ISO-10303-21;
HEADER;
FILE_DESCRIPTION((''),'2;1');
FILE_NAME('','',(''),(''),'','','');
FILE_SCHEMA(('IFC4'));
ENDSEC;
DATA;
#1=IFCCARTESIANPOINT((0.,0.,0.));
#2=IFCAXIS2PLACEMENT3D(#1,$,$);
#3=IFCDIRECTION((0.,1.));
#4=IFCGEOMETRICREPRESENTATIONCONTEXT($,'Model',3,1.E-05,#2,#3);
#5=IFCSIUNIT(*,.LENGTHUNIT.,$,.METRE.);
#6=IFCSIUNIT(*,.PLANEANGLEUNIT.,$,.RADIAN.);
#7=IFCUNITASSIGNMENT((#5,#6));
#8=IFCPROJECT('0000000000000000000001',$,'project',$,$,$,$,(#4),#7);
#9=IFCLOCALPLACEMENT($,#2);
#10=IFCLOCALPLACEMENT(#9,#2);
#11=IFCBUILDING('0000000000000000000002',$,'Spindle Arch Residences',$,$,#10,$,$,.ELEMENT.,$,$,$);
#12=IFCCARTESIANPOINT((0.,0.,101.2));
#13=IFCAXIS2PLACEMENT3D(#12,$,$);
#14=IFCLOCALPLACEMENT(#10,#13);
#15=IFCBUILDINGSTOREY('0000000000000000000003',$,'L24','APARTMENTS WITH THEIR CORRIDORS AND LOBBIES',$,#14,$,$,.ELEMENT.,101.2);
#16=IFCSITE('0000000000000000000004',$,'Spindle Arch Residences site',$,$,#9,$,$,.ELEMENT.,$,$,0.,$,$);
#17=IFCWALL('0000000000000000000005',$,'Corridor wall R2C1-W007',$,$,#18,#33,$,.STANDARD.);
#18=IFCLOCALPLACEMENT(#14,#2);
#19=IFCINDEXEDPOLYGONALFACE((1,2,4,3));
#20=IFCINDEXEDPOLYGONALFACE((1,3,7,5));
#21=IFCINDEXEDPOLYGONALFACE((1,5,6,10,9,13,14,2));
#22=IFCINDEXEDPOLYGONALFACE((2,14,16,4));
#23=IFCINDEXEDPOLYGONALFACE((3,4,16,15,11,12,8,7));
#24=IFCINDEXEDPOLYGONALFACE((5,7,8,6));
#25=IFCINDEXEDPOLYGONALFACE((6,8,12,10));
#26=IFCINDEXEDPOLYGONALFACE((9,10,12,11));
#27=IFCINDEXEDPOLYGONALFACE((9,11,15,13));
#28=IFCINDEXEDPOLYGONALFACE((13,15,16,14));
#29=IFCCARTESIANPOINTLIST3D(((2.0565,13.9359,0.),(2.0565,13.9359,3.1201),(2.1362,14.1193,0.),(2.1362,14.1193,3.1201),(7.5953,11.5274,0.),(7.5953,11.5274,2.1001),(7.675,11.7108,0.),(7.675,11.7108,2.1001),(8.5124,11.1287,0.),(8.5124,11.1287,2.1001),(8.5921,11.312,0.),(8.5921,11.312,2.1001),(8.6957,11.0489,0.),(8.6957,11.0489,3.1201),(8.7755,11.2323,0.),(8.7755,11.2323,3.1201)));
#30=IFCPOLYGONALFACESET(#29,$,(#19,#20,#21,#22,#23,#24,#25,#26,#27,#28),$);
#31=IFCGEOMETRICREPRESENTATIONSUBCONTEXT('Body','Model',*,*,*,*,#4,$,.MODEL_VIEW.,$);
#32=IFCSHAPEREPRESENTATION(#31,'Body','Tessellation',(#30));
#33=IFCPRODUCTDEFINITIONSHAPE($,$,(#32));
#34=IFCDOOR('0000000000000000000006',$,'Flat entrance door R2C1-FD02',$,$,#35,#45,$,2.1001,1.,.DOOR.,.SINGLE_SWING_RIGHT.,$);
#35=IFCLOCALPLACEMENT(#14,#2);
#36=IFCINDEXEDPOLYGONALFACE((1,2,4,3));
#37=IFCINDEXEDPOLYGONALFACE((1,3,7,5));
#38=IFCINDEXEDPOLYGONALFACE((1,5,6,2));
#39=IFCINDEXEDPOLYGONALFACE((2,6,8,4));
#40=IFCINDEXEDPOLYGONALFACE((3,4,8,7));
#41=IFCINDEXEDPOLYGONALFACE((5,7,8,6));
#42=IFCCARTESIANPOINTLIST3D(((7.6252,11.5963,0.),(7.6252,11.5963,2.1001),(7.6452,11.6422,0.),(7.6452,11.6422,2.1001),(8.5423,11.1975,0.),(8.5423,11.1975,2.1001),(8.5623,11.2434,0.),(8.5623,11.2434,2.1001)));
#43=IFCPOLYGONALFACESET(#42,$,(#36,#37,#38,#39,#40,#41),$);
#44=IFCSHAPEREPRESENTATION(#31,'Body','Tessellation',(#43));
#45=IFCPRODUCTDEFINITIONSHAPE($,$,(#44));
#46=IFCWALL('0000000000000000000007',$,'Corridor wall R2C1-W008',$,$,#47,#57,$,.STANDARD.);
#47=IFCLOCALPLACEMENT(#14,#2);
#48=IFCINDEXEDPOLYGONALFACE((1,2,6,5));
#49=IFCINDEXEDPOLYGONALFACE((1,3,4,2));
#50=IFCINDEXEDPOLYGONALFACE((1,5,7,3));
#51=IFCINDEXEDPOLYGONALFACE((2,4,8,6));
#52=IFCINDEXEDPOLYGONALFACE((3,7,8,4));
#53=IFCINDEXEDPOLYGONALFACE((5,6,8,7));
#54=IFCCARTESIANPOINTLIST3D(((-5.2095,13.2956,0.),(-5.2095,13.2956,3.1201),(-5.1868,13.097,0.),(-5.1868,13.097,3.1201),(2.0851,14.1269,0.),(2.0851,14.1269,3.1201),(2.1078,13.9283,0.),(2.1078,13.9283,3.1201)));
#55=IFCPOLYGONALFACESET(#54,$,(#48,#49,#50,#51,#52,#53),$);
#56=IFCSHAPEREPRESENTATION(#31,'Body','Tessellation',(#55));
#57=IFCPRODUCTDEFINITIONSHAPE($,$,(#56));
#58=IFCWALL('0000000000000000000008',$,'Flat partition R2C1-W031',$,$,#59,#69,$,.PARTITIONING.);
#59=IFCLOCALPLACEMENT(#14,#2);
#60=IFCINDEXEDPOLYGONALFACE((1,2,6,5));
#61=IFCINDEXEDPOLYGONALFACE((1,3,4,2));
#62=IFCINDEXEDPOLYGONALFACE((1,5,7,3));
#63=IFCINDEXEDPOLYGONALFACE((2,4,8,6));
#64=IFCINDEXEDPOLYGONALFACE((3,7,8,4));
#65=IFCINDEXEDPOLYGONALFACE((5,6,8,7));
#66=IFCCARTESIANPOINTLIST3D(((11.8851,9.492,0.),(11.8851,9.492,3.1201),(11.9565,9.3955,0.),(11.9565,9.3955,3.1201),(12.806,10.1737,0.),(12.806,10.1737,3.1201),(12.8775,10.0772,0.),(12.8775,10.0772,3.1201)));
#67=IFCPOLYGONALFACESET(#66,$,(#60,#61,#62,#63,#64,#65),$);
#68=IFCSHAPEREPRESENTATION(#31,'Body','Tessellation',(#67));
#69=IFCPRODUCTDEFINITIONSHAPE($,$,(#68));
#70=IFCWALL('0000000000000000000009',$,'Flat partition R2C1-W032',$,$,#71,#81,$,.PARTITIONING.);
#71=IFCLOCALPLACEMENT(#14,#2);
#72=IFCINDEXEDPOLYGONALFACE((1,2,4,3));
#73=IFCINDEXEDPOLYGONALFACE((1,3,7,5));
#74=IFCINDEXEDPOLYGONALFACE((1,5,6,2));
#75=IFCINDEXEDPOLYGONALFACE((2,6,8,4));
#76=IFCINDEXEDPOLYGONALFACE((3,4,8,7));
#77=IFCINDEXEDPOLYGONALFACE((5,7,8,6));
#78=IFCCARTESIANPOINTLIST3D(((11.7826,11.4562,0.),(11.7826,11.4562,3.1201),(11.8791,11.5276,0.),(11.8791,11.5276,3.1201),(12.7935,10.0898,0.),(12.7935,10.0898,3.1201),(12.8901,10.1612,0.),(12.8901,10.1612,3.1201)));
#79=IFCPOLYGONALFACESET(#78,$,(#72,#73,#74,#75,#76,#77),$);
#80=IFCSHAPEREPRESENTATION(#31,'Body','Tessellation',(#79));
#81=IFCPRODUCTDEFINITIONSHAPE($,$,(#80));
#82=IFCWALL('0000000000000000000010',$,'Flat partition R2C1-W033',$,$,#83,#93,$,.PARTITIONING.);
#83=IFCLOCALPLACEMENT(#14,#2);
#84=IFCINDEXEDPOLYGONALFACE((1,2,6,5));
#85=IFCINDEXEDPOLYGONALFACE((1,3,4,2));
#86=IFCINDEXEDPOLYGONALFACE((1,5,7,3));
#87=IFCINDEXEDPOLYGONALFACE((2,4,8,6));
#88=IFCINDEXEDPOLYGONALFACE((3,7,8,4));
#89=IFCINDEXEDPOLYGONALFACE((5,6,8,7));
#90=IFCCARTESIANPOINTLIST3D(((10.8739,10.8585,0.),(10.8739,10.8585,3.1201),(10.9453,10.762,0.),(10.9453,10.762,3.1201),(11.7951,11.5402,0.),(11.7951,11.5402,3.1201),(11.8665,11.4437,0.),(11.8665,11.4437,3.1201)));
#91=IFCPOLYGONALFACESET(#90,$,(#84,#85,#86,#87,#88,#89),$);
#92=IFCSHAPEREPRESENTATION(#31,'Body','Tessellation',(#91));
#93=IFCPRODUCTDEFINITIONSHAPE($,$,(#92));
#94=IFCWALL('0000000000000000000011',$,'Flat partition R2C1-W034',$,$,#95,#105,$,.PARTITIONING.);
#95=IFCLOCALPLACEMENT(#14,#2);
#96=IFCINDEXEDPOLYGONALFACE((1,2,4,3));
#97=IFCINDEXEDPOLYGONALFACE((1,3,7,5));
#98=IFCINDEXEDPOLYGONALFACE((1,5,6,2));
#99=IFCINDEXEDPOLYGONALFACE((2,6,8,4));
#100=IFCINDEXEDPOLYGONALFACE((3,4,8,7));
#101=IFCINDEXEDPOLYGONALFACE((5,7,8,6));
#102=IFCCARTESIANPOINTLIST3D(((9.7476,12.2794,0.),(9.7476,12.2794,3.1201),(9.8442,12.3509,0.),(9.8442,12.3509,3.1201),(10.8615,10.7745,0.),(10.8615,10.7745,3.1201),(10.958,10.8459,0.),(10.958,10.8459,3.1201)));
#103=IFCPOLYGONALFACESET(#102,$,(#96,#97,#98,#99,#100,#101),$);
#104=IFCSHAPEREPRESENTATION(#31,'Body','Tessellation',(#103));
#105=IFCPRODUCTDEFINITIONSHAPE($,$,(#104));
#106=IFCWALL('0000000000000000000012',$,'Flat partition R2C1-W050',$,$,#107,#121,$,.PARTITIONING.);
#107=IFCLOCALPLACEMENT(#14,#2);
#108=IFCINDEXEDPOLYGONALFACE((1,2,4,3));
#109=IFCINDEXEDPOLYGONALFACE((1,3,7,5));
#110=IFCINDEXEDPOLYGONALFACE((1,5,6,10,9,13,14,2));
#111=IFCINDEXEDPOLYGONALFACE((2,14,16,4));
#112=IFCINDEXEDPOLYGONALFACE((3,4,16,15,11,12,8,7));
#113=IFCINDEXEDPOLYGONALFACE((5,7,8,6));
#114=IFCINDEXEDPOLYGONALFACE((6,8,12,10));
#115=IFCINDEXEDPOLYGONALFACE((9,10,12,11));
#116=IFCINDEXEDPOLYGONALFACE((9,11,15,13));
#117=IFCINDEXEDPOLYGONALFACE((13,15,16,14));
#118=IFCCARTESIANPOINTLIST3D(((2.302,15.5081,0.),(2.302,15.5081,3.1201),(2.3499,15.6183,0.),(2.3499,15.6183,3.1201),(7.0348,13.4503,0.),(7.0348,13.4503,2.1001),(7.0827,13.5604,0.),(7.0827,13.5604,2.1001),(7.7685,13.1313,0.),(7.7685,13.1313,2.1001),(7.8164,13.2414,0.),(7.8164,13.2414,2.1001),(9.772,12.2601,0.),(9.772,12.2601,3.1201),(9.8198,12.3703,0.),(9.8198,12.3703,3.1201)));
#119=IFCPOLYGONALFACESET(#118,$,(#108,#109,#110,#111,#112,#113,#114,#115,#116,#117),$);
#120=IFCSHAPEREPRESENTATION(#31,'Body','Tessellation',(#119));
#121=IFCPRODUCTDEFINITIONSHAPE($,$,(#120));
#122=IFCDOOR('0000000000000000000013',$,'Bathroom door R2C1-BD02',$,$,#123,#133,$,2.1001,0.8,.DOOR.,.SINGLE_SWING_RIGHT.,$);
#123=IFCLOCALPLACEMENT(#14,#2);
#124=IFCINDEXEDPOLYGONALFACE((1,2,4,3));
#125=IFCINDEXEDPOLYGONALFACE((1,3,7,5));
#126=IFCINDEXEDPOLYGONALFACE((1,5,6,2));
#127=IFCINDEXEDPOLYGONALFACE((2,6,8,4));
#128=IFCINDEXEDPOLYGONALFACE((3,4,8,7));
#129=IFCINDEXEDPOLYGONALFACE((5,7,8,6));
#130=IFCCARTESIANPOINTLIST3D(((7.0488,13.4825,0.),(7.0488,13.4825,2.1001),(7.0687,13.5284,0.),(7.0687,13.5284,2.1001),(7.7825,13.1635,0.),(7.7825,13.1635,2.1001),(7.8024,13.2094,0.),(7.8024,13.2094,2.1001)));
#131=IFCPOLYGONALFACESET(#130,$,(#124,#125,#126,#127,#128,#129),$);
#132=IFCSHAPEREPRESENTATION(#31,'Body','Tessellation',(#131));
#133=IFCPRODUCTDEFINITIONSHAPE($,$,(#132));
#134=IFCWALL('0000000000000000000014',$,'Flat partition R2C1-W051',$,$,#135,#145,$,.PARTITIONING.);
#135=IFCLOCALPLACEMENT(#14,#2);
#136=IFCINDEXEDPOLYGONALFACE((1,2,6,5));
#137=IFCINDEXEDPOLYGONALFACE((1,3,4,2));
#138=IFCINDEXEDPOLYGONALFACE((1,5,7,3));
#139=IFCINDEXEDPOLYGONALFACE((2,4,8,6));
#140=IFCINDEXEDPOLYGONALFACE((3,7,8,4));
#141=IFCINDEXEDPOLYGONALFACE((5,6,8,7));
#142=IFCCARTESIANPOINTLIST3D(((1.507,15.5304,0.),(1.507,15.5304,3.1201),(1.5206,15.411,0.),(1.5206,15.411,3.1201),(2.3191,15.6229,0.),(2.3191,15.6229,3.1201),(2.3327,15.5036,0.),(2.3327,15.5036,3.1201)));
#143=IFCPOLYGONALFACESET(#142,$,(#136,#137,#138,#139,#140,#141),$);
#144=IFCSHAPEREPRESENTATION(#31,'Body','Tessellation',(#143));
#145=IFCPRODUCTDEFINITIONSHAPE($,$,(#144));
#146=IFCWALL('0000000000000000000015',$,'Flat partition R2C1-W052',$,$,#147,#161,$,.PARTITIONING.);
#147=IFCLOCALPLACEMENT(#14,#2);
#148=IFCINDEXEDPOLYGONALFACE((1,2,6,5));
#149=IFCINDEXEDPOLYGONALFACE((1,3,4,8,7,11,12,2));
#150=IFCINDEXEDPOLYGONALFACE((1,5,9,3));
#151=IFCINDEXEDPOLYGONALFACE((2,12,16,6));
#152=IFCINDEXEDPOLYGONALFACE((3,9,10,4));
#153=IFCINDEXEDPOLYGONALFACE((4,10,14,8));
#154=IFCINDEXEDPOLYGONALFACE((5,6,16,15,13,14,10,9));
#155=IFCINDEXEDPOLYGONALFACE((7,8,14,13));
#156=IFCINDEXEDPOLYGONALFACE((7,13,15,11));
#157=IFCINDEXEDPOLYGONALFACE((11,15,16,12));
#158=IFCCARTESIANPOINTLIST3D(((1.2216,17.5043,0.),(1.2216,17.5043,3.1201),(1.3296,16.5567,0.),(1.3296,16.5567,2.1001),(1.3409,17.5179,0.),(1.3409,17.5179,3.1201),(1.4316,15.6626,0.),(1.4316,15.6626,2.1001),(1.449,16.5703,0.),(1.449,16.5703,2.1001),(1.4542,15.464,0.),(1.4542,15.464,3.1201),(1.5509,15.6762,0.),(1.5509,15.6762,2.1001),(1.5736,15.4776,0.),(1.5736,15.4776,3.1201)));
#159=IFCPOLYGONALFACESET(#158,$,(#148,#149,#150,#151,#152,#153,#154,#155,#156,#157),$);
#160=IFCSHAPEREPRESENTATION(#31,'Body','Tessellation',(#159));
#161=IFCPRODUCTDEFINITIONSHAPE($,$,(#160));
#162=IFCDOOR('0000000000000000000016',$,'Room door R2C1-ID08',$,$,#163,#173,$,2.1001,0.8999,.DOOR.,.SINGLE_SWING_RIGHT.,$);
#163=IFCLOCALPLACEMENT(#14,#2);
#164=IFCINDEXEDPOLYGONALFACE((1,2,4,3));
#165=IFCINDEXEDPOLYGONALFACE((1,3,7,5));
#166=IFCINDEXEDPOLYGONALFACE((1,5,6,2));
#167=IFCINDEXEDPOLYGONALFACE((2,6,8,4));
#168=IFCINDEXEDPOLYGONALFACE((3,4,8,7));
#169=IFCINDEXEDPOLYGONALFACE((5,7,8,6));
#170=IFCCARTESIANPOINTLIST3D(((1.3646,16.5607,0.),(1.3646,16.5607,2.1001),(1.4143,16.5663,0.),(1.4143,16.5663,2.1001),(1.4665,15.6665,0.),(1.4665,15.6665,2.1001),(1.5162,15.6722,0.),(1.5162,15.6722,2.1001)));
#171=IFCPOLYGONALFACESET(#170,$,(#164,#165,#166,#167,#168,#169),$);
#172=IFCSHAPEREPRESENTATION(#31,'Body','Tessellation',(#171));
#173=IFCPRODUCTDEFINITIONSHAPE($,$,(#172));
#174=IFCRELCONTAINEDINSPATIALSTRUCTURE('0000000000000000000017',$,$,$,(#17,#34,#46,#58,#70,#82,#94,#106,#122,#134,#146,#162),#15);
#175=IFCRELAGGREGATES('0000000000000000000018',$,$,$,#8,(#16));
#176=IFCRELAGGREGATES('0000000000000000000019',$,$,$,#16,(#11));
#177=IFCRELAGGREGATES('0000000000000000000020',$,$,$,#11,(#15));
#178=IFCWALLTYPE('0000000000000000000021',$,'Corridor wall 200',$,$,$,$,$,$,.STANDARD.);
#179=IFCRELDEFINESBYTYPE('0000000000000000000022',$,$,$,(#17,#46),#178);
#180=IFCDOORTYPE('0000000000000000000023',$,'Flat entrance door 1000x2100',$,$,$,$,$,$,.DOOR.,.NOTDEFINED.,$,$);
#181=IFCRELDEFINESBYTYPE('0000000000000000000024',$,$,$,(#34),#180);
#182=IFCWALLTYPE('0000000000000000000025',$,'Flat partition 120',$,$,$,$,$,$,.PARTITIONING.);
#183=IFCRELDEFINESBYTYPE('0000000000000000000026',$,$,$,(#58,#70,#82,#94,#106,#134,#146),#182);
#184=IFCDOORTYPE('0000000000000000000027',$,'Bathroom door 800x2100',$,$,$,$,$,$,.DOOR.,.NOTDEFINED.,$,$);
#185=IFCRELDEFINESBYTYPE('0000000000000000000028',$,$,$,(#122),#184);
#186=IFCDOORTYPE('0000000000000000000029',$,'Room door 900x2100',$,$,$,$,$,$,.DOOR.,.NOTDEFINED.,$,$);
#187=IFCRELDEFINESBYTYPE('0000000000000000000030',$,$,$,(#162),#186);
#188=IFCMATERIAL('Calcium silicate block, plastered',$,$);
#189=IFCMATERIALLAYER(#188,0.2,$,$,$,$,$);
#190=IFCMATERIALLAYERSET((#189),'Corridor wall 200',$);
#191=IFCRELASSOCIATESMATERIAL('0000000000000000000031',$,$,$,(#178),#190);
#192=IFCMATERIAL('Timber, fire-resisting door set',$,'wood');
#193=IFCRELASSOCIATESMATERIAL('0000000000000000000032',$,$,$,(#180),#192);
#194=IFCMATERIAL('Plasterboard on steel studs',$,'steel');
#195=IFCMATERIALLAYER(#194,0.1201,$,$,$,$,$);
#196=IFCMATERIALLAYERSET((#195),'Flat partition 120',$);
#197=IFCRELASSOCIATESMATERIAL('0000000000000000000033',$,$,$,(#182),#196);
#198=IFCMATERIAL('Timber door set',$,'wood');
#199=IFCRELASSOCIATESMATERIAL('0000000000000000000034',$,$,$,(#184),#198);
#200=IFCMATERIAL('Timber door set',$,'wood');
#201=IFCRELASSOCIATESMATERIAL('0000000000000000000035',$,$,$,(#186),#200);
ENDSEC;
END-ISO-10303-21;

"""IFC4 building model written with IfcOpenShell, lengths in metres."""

from ifc_helpers import new_model, si_unit, direction, frame, frame_2d, origin, place, context, subcontext, project, spatial, rectangle, extrude, material, layer, layer_set, type_object, element, fill, save


model = new_model("IFC4")

# Units and contexts
model_context = context("Model", 3, precision=1e-05, world=origin(), true_north=direction((0.0, 1.0)))
body_context = subcontext(model_context, "Body", "Model", "MODEL_VIEW")
ifc_project = project(units=[si_unit("LENGTHUNIT", "METRE"), si_unit("PLANEANGLEUNIT", "RADIAN")], contexts=[model_context])

# Site, building, storey
site_placement = place(None, origin())
site = spatial("IfcSite", under=ifc_project, at=site_placement, Name="Spindle Arch Residences site", CompositionType="ELEMENT", RefElevation=0.0)
building_placement = place(site_placement, origin())
building = spatial("IfcBuilding", under=site, at=building_placement, Name="Spindle Arch Residences", CompositionType="ELEMENT")
storey_placement = place(building_placement, frame((0.0, 0.0, 101.2)))
storey = spatial("IfcBuildingStorey", under=building, at=storey_placement, Name="L24", Description="APARTMENTS WITH THEIR CORRIDORS AND LOBBIES", CompositionType="ELEMENT", Elevation=101.2)

# Wall, opening, door
ifc_material_1 = material(Name="Calcium silicate block, plastered")
ifc_layer_1 = layer(ifc_material_1, 0.2)
ifc_layer_set_1 = layer_set([ifc_layer_1], Name="Corridor wall 200")
wall_type_1 = type_object("IfcWallType", Name="Corridor wall 200", PredefinedType="STANDARD", material=ifc_layer_set_1)
wall_1_placement = place(storey_placement, frame((8.7356, 11.1406, 0.0), z_axis=(0.0, 0.0, 1.0), x_axis=(-0.917051, 0.398769, 0.0)))
wall_1 = element("IfcWall", 1, at=wall_1_placement, inside=storey, type_object=wall_type_1, Name="Corridor wall R2C1-W007", PredefinedType="STANDARD", context=body_context, shape_type="SweptSolid", body=[
    extrude(rectangle(XDim=7.2397, YDim=0.2, at=frame_2d((3.6199, 0.0))), origin(), (0.0, 0.0, 1.0), 3.1201),
])
opening_1_placement = place(wall_1_placement, frame((0.2, 0.0, 0.0)))
opening_1 = element("IfcOpeningElement", 2, at=opening_1_placement, cuts=wall_1, PredefinedType="OPENING", context=body_context, shape_type="SweptSolid", body=[
    extrude(rectangle(XDim=1.0, YDim=2.1001, at=frame_2d((0.5, 1.05))), frame((0.0, 0.1099, 0.0), z_axis=(0.0, -1.0, 0.0), x_axis=(1.0, 0.0, 0.0)), (0.0, 0.0, 1.0), 0.22),
])
ifc_material_2 = material(Name="Timber, fire-resisting door set", Category="wood")
door_type_1 = type_object("IfcDoorType", Name="Flat entrance door 1000x2100", OperationType="NOTDEFINED", PredefinedType="DOOR", material=ifc_material_2)
door_1_placement = place(opening_1_placement, origin())
door_1 = element("IfcDoor", 3, at=door_1_placement, inside=storey, type_object=door_type_1, Name="Flat entrance door R2C1-FD02", OperationType="SINGLE_SWING_RIGHT", OverallHeight=2.1001, OverallWidth=1.0, PredefinedType="DOOR", context=body_context, shape_type="SweptSolid", body=[
    extrude(rectangle(XDim=1.0, YDim=2.1001, at=frame_2d((0.5, 1.05))), frame((0.0, 0.0249, 0.0), z_axis=(0.0, -1.0, 0.0), x_axis=(1.0, 0.0, 0.0)), (0.0, 0.0, 1.0), 0.05),
])
fill(opening_1, door_1)

# Walls
wall_2_placement = place(storey_placement, frame((2.0964, 14.0276, 0.0), z_axis=(0.0, 0.0, 1.0), x_axis=(-0.993569, -0.113227, 0.0)))
element("IfcWall", 4, at=wall_2_placement, inside=storey, type_object=wall_type_1, Name="Corridor wall R2C1-W008", PredefinedType="STANDARD", context=body_context, shape_type="SweptSolid", body=[
    extrude(rectangle(XDim=7.3418, YDim=0.2, at=frame_2d((3.6709, 0.0))), origin(), (0.0, 0.0, 1.0), 3.1201),
])
ifc_material_3 = material(Name="Plasterboard on steel studs", Category="steel")
ifc_layer_2 = layer(ifc_material_3, 0.1201)
ifc_layer_set_2 = layer_set([ifc_layer_2], Name="Flat partition 120")
wall_type_2 = type_object("IfcWallType", Name="Flat partition 120", PredefinedType="PARTITIONING", material=ifc_layer_set_2)
wall_3_placement = place(storey_placement, frame((11.9209, 9.4438, 0.0), z_axis=(0.0, 0.0, 1.0), x_axis=(0.803769, 0.594942, 0.0)))
element("IfcWall", 5, at=wall_3_placement, inside=storey, type_object=wall_type_2, Name="Flat partition R2C1-W031", PredefinedType="PARTITIONING", context=body_context, shape_type="SweptSolid", body=[
    extrude(rectangle(XDim=1.1458, YDim=0.1201, at=frame_2d((0.5728, 0.0))), origin(), (0.0, 0.0, 1.0), 3.1201),
])
wall_4_placement = place(storey_placement, frame((12.8418, 10.1255, 0.0), z_axis=(0.0, 0.0, 1.0), x_axis=(-0.594771, 0.803895, 0.0)))
element("IfcWall", 6, at=wall_4_placement, inside=storey, type_object=wall_type_2, Name="Flat partition R2C1-W032", PredefinedType="PARTITIONING", context=body_context, shape_type="SweptSolid", body=[
    extrude(rectangle(XDim=1.6997, YDim=0.1201, at=frame_2d((0.8499, 0.0))), origin(), (0.0, 0.0, 1.0), 3.1201),
])
wall_5_placement = place(storey_placement, frame((11.8308, 11.4919, 0.0), z_axis=(0.0, 0.0, 1.0), x_axis=(-0.803844, -0.59484, 0.0)))
element("IfcWall", 7, at=wall_5_placement, inside=storey, type_object=wall_type_2, Name="Flat partition R2C1-W033", PredefinedType="PARTITIONING", context=body_context, shape_type="SweptSolid", body=[
    extrude(rectangle(XDim=1.146, YDim=0.1201, at=frame_2d((0.573, 0.0))), origin(), (0.0, 0.0, 1.0), 3.1201),
])
wall_6_placement = place(storey_placement, frame((10.9097, 10.8103, 0.0), z_axis=(0.0, 0.0, 1.0), x_axis=(-0.594897, 0.803802, 0.0)))
element("IfcWall", 8, at=wall_6_placement, inside=storey, type_object=wall_type_2, Name="Flat partition R2C1-W034", PredefinedType="PARTITIONING", context=body_context, shape_type="SweptSolid", body=[
    extrude(rectangle(XDim=1.8723, YDim=0.1201, at=frame_2d((0.936, 0.0))), origin(), (0.0, 0.0, 1.0), 3.1201),
])

# Wall, opening, door
wall_7_placement = place(storey_placement, frame((9.7959, 12.3152, 0.0), z_axis=(0.0, 0.0, 1.0), x_axis=(-0.91706, 0.39875, 0.0)))
wall_7 = element("IfcWall", 9, at=wall_7_placement, inside=storey, type_object=wall_type_2, Name="Flat partition R2C1-W050", PredefinedType="PARTITIONING", context=body_context, shape_type="SweptSolid", body=[
    extrude(rectangle(XDim=8.1455, YDim=0.1201, at=frame_2d((4.0728, 0.0))), origin(), (0.0, 0.0, 1.0), 3.1201),
])
opening_2_placement = place(wall_7_placement, frame((2.1848, 0.0, 0.0)))
opening_2 = element("IfcOpeningElement", 10, at=opening_2_placement, cuts=wall_7, PredefinedType="OPENING", context=body_context, shape_type="SweptSolid", body=[
    extrude(rectangle(XDim=0.8, YDim=2.1001, at=frame_2d((0.3999, 1.05))), frame((0.0, 0.0701, 0.0), z_axis=(0.0, -1.0, 0.0), x_axis=(1.0, 0.0, 0.0)), (0.0, 0.0, 1.0), 0.1401),
])
ifc_material_4 = material(Name="Timber door set", Category="wood")
door_type_2 = type_object("IfcDoorType", Name="Bathroom door 800x2100", OperationType="NOTDEFINED", PredefinedType="DOOR", material=ifc_material_4)
door_2_placement = place(opening_2_placement, origin())
door_2 = element("IfcDoor", 11, at=door_2_placement, inside=storey, type_object=door_type_2, Name="Bathroom door R2C1-BD02", OperationType="SINGLE_SWING_RIGHT", OverallHeight=2.1001, OverallWidth=0.8, PredefinedType="DOOR", context=body_context, shape_type="SweptSolid", body=[
    extrude(rectangle(XDim=0.8, YDim=2.1001, at=frame_2d((0.3999, 1.05))), frame((0.0, 0.0249, 0.0), z_axis=(0.0, -1.0, 0.0), x_axis=(1.0, 0.0, 0.0)), (0.0, 0.0, 1.0), 0.05),
])
fill(opening_2, door_2)

# Wall
wall_8_placement = place(storey_placement, frame((2.3259, 15.5632, 0.0), z_axis=(0.0, 0.0, 1.0), x_axis=(-0.99357, -0.113218, 0.0)))
element("IfcWall", 12, at=wall_8_placement, inside=storey, type_object=wall_type_2, Name="Flat partition R2C1-W051", PredefinedType="PARTITIONING", context=body_context, shape_type="SweptSolid", body=[
    extrude(rectangle(XDim=0.8174, YDim=0.1201, at=frame_2d((0.4087, 0.0))), origin(), (0.0, 0.0, 1.0), 3.1201),
])

# Wall, opening, door
wall_9_placement = place(storey_placement, frame((1.5139, 15.4707, 0.0), z_axis=(0.0, 0.0, 1.0), x_axis=(-0.113302, 0.993561, 0.0)))
wall_9 = element("IfcWall", 13, at=wall_9_placement, inside=storey, type_object=wall_type_2, Name="Flat partition R2C1-W052", PredefinedType="PARTITIONING", context=body_context, shape_type="SweptSolid", body=[
    extrude(rectangle(XDim=2.0535, YDim=0.1201, at=frame_2d((1.0269, 0.0))), origin(), (0.0, 0.0, 1.0), 3.1201),
])
opening_3_placement = place(wall_9_placement, frame((0.2, 0.0, 0.0)))
opening_3 = element("IfcOpeningElement", 14, at=opening_3_placement, cuts=wall_9, PredefinedType="OPENING", context=body_context, shape_type="SweptSolid", body=[
    extrude(rectangle(XDim=0.8999, YDim=2.1001, at=frame_2d((0.45, 1.05))), frame((0.0, 0.0701, 0.0), z_axis=(0.0, -1.0, 0.0), x_axis=(1.0, 0.0, 0.0)), (0.0, 0.0, 1.0), 0.1401),
])
ifc_material_5 = material(Name="Timber door set", Category="wood")
door_type_3 = type_object("IfcDoorType", Name="Room door 900x2100", OperationType="NOTDEFINED", PredefinedType="DOOR", material=ifc_material_5)
door_3_placement = place(opening_3_placement, origin())
door_3 = element("IfcDoor", 15, at=door_3_placement, inside=storey, type_object=door_type_3, Name="Room door R2C1-ID08", OperationType="SINGLE_SWING_RIGHT", OverallHeight=2.1001, OverallWidth=0.8999, PredefinedType="DOOR", context=body_context, shape_type="SweptSolid", body=[
    extrude(rectangle(XDim=0.8999, YDim=2.1001, at=frame_2d((0.45, 1.05))), frame((0.0, 0.0249, 0.0), z_axis=(0.0, -1.0, 0.0), x_axis=(1.0, 0.0, 0.0)), (0.0, 0.0, 1.0), 0.05),
])
fill(opening_3, door_3)

save(model, "model.ifc")
